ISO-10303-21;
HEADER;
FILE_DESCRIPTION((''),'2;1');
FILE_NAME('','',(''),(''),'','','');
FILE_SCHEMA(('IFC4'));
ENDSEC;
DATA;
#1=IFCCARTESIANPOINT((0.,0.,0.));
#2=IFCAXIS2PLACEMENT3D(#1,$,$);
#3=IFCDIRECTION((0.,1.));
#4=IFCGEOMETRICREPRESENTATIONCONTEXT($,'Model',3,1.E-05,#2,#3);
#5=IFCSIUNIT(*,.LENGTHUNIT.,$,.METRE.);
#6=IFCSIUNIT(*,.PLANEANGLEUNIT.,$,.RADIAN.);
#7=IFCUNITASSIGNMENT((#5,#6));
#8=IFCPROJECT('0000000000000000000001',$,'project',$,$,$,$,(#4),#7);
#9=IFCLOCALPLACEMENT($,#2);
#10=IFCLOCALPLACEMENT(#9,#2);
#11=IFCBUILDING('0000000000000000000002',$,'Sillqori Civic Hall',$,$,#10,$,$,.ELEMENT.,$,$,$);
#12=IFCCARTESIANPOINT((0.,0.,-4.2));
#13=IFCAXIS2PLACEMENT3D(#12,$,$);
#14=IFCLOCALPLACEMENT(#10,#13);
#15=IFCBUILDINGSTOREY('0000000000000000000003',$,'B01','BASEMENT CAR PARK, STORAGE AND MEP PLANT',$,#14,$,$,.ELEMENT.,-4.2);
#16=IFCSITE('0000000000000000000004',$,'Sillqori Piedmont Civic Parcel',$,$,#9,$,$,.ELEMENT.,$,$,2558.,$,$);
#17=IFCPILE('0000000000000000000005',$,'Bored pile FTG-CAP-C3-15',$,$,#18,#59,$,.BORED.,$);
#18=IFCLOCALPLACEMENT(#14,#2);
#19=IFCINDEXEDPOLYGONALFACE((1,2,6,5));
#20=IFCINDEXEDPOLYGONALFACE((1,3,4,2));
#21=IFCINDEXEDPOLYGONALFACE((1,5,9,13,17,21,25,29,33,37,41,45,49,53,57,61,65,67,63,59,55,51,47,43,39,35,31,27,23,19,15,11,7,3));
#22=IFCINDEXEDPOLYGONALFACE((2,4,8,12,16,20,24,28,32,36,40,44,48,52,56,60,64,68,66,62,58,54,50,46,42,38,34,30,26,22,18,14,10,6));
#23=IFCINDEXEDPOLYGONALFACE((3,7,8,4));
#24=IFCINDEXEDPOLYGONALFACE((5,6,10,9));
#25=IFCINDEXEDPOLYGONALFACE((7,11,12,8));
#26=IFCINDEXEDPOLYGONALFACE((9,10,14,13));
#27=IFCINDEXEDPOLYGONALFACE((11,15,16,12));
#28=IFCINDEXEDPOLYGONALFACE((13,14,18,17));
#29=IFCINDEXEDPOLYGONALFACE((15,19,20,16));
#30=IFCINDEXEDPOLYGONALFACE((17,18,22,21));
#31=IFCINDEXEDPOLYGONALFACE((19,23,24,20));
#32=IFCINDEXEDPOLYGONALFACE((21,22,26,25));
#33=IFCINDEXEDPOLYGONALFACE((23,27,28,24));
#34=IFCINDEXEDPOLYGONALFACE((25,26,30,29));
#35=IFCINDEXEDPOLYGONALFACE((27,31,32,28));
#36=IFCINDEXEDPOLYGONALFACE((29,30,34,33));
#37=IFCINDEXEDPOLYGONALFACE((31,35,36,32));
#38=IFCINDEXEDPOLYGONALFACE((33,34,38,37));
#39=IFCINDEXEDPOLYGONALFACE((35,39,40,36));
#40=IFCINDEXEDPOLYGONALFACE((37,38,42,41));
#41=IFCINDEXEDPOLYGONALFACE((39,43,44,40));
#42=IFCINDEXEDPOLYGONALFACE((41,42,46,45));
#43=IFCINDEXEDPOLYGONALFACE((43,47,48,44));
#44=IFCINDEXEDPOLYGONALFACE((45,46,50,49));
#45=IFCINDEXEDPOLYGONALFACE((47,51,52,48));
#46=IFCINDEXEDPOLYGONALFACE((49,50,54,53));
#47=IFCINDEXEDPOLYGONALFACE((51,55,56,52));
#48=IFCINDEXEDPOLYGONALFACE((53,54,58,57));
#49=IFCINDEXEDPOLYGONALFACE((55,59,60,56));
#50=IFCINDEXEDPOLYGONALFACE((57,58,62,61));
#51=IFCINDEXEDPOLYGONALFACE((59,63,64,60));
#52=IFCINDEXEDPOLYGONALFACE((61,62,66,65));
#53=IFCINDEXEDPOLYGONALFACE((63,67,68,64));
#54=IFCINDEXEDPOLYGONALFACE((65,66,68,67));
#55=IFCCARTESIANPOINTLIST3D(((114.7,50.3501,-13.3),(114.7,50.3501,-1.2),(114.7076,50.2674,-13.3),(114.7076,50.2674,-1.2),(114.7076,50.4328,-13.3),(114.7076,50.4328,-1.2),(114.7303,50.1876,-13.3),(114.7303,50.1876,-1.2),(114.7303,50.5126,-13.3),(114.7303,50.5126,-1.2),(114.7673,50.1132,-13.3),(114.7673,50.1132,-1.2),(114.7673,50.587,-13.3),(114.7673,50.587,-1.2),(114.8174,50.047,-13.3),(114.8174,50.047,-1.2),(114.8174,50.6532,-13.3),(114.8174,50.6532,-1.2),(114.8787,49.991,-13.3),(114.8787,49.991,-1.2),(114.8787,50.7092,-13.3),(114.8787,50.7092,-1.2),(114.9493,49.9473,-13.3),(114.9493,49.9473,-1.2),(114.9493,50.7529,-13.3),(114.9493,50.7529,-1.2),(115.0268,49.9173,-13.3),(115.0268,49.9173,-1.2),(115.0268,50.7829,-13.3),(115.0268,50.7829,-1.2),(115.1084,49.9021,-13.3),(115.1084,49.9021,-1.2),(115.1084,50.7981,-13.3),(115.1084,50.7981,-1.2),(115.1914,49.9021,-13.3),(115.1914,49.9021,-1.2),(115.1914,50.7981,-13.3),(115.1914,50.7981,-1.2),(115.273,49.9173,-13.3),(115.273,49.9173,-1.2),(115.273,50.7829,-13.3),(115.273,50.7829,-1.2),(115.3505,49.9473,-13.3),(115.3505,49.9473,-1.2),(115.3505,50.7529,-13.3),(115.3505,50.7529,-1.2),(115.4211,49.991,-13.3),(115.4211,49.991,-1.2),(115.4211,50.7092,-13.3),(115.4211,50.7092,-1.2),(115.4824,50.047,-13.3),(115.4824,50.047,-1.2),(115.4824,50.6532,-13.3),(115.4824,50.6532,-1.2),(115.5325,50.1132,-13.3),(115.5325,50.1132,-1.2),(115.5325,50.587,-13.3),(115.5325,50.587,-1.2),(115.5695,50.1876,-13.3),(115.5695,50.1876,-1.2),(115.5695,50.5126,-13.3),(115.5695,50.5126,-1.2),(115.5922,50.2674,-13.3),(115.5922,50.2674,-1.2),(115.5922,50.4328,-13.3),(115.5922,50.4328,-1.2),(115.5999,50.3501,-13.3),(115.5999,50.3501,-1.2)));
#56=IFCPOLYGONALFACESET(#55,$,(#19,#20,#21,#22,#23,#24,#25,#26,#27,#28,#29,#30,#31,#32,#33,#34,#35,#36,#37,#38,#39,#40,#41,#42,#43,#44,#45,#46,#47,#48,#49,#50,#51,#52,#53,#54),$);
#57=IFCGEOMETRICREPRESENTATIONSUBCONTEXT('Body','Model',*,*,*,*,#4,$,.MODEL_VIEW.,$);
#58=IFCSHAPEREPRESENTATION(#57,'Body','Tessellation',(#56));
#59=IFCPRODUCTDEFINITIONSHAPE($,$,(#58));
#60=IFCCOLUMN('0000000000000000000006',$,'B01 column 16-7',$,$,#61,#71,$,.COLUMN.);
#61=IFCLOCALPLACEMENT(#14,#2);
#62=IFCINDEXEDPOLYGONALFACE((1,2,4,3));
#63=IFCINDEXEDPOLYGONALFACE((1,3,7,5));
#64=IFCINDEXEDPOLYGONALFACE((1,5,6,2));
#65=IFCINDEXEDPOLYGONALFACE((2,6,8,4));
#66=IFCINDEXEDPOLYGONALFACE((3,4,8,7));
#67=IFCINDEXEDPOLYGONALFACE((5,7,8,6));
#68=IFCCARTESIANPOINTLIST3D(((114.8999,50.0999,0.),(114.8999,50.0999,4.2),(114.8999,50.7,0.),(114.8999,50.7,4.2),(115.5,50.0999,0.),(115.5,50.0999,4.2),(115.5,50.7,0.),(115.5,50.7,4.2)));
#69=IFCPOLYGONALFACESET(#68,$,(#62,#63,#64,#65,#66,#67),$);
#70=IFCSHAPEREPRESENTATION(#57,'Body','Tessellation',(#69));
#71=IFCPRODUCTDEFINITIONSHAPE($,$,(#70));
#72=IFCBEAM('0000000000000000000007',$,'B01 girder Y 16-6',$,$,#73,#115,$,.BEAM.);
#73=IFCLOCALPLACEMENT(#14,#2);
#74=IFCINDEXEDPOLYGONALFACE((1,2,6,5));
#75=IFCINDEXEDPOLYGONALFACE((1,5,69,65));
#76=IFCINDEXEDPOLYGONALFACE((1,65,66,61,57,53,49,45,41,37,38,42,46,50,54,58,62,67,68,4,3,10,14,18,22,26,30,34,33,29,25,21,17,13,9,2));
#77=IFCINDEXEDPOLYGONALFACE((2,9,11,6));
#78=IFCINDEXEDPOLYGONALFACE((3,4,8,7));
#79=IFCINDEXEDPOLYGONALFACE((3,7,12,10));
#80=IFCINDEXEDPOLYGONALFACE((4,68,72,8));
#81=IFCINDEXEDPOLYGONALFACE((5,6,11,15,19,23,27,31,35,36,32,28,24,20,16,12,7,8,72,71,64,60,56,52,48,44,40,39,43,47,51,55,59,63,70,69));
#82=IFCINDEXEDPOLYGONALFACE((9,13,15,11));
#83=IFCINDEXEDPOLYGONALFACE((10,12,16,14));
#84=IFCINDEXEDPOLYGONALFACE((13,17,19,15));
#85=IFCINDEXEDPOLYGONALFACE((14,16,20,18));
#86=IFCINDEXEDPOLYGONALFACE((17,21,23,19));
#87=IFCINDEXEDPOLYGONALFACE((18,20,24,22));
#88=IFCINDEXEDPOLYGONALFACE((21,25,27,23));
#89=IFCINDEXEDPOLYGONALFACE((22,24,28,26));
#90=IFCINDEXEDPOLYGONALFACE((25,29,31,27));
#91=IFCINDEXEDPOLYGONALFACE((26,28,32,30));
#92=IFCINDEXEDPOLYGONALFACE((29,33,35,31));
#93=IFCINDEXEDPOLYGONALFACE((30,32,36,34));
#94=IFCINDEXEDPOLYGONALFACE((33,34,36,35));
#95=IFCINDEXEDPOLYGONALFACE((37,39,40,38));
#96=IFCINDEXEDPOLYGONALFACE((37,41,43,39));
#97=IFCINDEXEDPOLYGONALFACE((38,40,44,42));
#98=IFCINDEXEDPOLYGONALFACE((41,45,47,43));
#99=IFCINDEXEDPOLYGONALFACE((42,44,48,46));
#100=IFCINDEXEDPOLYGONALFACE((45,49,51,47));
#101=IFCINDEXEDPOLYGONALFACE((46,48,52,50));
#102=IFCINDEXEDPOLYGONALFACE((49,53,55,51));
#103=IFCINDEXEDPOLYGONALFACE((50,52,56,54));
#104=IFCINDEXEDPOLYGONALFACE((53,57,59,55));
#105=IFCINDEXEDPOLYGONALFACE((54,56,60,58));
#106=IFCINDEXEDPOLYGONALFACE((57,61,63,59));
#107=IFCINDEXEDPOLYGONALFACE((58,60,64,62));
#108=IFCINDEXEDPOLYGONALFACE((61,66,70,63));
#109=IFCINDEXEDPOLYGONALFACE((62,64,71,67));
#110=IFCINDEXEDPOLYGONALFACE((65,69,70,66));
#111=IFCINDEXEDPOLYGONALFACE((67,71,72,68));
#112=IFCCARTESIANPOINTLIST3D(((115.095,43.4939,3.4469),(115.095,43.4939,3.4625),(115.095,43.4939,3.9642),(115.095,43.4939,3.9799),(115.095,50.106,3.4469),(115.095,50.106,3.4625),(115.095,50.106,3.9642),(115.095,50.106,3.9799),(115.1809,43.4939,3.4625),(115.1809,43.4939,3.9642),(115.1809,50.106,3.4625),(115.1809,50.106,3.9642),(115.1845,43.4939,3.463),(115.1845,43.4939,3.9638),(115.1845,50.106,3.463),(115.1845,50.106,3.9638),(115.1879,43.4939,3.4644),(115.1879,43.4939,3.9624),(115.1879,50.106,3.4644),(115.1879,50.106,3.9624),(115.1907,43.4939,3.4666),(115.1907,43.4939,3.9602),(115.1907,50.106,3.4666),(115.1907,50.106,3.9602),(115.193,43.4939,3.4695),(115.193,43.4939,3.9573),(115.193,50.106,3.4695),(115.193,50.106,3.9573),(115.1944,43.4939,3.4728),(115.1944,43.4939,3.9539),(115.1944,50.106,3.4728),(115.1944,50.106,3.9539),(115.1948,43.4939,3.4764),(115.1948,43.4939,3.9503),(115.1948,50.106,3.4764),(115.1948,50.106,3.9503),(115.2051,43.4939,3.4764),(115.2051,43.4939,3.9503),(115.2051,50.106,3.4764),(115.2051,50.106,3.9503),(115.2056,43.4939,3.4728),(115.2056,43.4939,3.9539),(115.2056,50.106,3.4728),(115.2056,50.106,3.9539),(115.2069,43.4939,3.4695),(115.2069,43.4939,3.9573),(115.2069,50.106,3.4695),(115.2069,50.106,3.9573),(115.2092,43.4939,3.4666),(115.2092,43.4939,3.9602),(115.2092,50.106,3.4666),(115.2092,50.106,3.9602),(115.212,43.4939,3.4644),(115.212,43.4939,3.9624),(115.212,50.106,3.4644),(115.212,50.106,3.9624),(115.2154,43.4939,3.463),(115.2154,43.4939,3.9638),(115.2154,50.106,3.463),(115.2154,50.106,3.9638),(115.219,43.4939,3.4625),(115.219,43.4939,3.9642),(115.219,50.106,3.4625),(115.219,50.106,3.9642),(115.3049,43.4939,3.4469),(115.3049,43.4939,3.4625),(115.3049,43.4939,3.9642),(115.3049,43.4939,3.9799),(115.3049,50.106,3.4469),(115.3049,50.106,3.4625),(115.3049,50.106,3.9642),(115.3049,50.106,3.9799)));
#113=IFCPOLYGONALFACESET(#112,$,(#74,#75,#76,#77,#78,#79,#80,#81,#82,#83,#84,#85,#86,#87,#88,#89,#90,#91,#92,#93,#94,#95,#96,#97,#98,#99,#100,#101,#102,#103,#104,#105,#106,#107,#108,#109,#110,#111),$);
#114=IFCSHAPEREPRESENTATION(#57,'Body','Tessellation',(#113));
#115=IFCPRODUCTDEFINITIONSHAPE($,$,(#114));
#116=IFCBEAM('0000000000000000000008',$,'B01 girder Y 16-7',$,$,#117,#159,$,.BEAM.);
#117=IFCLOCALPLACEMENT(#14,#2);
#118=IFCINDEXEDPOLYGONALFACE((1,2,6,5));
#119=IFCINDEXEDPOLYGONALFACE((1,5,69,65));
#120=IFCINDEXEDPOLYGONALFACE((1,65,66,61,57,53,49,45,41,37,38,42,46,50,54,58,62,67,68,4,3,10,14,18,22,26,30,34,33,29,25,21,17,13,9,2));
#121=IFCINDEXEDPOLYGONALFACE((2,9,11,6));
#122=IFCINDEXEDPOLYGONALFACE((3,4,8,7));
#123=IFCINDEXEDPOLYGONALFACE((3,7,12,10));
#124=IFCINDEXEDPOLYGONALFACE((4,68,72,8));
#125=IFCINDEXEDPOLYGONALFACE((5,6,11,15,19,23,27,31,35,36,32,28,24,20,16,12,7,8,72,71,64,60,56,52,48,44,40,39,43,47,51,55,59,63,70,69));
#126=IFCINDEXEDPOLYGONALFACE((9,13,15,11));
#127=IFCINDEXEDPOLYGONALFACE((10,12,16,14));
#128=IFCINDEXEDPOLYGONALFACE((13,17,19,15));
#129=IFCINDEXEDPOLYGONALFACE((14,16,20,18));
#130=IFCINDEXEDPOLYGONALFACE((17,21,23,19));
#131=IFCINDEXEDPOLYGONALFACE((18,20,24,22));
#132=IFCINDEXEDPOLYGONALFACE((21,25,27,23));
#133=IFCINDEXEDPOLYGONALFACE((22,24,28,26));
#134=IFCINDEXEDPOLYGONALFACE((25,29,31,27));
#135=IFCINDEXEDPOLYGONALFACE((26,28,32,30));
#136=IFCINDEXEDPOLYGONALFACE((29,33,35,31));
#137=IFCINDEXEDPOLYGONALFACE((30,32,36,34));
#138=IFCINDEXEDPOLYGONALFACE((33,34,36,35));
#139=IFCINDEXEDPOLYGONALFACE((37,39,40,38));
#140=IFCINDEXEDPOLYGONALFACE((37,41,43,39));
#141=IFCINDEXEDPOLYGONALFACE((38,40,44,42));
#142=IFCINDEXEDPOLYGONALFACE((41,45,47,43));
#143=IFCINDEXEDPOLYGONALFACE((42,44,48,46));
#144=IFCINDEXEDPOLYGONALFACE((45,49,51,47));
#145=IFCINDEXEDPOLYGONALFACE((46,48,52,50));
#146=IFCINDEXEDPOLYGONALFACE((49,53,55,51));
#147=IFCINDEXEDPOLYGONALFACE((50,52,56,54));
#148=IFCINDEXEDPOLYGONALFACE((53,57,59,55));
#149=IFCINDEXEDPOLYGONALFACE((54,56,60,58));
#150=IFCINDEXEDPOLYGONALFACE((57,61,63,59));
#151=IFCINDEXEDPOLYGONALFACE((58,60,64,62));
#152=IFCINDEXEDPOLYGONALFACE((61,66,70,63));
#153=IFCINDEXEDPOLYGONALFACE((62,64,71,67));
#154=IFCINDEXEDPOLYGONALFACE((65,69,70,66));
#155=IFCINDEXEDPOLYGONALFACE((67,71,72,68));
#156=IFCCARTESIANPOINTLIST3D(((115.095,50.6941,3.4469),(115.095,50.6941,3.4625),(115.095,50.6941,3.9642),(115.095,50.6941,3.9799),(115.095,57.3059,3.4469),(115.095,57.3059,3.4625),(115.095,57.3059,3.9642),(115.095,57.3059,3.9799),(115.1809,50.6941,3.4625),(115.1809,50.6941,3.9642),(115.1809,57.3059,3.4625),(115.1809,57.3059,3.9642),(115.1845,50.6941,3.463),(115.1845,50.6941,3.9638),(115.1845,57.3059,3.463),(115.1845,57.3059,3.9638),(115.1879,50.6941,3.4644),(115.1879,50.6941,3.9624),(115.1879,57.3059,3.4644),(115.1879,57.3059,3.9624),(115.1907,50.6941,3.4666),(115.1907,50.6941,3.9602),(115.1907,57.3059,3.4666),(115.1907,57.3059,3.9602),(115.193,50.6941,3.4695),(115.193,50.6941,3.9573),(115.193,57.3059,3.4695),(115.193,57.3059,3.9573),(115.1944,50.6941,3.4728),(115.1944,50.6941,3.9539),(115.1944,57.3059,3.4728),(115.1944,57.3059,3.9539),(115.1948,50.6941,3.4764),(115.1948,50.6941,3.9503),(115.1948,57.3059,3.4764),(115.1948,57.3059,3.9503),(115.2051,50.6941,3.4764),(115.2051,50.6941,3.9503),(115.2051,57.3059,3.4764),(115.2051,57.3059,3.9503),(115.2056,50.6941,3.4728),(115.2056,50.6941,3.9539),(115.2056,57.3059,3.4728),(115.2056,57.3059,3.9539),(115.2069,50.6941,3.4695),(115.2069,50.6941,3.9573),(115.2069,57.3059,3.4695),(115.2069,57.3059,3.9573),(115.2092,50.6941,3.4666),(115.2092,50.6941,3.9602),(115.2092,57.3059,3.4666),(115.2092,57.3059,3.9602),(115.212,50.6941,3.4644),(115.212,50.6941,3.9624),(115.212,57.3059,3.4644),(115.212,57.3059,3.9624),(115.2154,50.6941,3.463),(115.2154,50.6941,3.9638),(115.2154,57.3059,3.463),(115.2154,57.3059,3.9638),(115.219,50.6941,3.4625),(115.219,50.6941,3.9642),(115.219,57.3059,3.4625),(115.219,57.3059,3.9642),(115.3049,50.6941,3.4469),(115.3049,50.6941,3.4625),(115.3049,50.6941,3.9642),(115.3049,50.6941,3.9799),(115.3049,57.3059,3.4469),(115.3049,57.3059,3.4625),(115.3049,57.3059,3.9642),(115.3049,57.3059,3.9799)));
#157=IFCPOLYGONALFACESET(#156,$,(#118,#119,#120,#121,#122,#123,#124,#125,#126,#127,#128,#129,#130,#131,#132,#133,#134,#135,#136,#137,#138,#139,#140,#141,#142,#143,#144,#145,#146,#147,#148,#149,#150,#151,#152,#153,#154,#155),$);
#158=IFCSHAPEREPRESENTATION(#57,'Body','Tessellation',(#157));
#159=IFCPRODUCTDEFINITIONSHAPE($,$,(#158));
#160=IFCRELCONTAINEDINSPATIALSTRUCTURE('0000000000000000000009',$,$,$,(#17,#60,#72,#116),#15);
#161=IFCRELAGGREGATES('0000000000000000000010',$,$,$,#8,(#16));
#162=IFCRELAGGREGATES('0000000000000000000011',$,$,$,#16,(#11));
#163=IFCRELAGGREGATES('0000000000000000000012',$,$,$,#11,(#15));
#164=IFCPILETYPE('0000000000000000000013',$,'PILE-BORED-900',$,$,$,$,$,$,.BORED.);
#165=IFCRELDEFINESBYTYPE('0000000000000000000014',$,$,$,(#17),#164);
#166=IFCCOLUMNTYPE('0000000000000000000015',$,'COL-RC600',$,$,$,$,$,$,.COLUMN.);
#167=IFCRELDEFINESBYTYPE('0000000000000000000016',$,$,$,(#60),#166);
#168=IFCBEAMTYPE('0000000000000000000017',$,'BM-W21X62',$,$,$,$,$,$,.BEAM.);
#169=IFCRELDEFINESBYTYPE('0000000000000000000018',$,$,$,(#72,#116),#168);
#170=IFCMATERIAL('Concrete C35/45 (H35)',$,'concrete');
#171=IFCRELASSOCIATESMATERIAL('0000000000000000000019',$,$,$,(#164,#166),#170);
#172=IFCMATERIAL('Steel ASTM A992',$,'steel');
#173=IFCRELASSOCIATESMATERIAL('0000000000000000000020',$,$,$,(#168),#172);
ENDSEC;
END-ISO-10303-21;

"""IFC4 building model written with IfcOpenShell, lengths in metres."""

from ifc_helpers import new_model, si_unit, direction, frame, origin, origin_2d, place, context, subcontext, project, spatial, rectangle, circle, i_section, extrude, material, material_profile, profile_set, type_object, element, save


model = new_model("IFC4")

# Units and contexts
model_context = context("Model", 3, precision=1e-05, world=origin(), true_north=direction((0.0, 1.0)))
body_context = subcontext(model_context, "Body", "Model", "MODEL_VIEW")
ifc_project = project(units=[si_unit("LENGTHUNIT", "METRE"), si_unit("PLANEANGLEUNIT", "RADIAN")], contexts=[model_context])

# Site, building, storey
site_placement = place(None, origin())
site = spatial("IfcSite", under=ifc_project, at=site_placement, Name="Sillqori Piedmont Civic Parcel", CompositionType="ELEMENT", RefElevation=2558.0)
building_placement = place(site_placement, origin())
building = spatial("IfcBuilding", under=site, at=building_placement, Name="Sillqori Civic Hall", CompositionType="ELEMENT")
storey_placement = place(building_placement, frame((0.0, 0.0, -4.2)))
storey = spatial("IfcBuildingStorey", under=building, at=storey_placement, Name="B01", Description="BASEMENT CAR PARK, STORAGE AND MEP PLANT", CompositionType="ELEMENT", Elevation=-4.2)

# Shared definitions
ifc_material_1 = material(Name="Concrete C35/45 (H35)", Category="concrete")

# Pile
ifc_material_profile_1 = material_profile(ifc_material_1, circle(Radius=0.45, at=origin_2d()), Name="BORED PILE 900")
ifc_profile_set_1 = profile_set([ifc_material_profile_1], Name="Concrete C35/45 (H35)")
pile_type = type_object("IfcPileType", Name="PILE-BORED-900", PredefinedType="BORED", material=ifc_profile_set_1)
for number, where, z_axis, x_axis, name in (
    (1, (115.1499, 50.3501, -1.2), (0.0, 0.0, -1.0), (1.0, 0.0, 0.0), "Bored pile FTG-CAP-C3-15"),
):
    element("IfcPile", number, at=place(storey_placement, frame(where, z_axis=z_axis, x_axis=x_axis)), inside=storey, type_object=pile_type, Name=name, PredefinedType="BORED", context=body_context, shape_type="SweptSolid", body=[
        extrude(circle(Radius=0.45, at=origin_2d()), origin(), (0.0, 0.0, 1.0), 12.1001),
    ])

# Column
ifc_material_profile_2 = material_profile(ifc_material_1, rectangle(XDim=0.6001, YDim=0.6001, at=origin_2d()), Name="RC 600x600")
ifc_profile_set_2 = profile_set([ifc_material_profile_2], Name="Concrete C35/45 (H35)")
column_type = type_object("IfcColumnType", Name="COL-RC600", PredefinedType="COLUMN", material=ifc_profile_set_2)
column_placement = place(storey_placement, frame((115.2, 50.3999, 0.0), z_axis=(0.0, 0.0, 1.0), x_axis=(1.0, 0.0, 0.0)))
element("IfcColumn", 2, at=column_placement, inside=storey, type_object=column_type, Name="B01 column 16-7", PredefinedType="COLUMN", context=body_context, shape_type="SweptSolid", body=[
    extrude(rectangle(XDim=0.6001, YDim=0.6001, at=origin_2d()), origin(), (0.0, 0.0, 1.0), 4.2),
])

# Beams
ifc_material_2 = material(Name="Steel ASTM A992", Category="steel")
ifc_material_profile_3 = material_profile(ifc_material_2, i_section(OverallWidth=0.21, OverallDepth=0.533, WebThickness=0.0103, FlangeThickness=0.0156, FilletRadius=0.0139, at=origin_2d()), Name="W21X62")
ifc_profile_set_3 = profile_set([ifc_material_profile_3], Name="Steel ASTM A992")
beam_type_1 = type_object("IfcBeamType", Name="BM-W21X62", PredefinedType="BEAM", material=ifc_profile_set_3)
beam_1_placement = place(storey_placement, frame((115.2, 43.4939, 3.7134), z_axis=(0.0, 1.0, 0.0), x_axis=(-1.0, 0.0, 0.0)))
element("IfcBeam", 3, at=beam_1_placement, inside=storey, type_object=beam_type_1, Name="B01 girder Y 16-6", PredefinedType="BEAM", context=body_context, shape_type="SweptSolid", body=[
    extrude(i_section(OverallWidth=0.21, OverallDepth=0.533, WebThickness=0.0103, FlangeThickness=0.0156, FilletRadius=0.0139, at=origin_2d()), origin(), (0.0, 0.0, 1.0), 6.6121),
])
beam_2_placement = place(storey_placement, frame((115.2, 50.6941, 3.7134), z_axis=(0.0, 1.0, 0.0), x_axis=(-1.0, 0.0, 0.0)))
element("IfcBeam", 4, at=beam_2_placement, inside=storey, type_object=beam_type_1, Name="B01 girder Y 16-7", PredefinedType="BEAM", context=body_context, shape_type="SweptSolid", body=[
    extrude(i_section(OverallWidth=0.21, OverallDepth=0.533, WebThickness=0.0103, FlangeThickness=0.0156, FilletRadius=0.0139, at=origin_2d()), origin(), (0.0, 0.0, 1.0), 6.6118),
])

save(model, "model.ifc")
